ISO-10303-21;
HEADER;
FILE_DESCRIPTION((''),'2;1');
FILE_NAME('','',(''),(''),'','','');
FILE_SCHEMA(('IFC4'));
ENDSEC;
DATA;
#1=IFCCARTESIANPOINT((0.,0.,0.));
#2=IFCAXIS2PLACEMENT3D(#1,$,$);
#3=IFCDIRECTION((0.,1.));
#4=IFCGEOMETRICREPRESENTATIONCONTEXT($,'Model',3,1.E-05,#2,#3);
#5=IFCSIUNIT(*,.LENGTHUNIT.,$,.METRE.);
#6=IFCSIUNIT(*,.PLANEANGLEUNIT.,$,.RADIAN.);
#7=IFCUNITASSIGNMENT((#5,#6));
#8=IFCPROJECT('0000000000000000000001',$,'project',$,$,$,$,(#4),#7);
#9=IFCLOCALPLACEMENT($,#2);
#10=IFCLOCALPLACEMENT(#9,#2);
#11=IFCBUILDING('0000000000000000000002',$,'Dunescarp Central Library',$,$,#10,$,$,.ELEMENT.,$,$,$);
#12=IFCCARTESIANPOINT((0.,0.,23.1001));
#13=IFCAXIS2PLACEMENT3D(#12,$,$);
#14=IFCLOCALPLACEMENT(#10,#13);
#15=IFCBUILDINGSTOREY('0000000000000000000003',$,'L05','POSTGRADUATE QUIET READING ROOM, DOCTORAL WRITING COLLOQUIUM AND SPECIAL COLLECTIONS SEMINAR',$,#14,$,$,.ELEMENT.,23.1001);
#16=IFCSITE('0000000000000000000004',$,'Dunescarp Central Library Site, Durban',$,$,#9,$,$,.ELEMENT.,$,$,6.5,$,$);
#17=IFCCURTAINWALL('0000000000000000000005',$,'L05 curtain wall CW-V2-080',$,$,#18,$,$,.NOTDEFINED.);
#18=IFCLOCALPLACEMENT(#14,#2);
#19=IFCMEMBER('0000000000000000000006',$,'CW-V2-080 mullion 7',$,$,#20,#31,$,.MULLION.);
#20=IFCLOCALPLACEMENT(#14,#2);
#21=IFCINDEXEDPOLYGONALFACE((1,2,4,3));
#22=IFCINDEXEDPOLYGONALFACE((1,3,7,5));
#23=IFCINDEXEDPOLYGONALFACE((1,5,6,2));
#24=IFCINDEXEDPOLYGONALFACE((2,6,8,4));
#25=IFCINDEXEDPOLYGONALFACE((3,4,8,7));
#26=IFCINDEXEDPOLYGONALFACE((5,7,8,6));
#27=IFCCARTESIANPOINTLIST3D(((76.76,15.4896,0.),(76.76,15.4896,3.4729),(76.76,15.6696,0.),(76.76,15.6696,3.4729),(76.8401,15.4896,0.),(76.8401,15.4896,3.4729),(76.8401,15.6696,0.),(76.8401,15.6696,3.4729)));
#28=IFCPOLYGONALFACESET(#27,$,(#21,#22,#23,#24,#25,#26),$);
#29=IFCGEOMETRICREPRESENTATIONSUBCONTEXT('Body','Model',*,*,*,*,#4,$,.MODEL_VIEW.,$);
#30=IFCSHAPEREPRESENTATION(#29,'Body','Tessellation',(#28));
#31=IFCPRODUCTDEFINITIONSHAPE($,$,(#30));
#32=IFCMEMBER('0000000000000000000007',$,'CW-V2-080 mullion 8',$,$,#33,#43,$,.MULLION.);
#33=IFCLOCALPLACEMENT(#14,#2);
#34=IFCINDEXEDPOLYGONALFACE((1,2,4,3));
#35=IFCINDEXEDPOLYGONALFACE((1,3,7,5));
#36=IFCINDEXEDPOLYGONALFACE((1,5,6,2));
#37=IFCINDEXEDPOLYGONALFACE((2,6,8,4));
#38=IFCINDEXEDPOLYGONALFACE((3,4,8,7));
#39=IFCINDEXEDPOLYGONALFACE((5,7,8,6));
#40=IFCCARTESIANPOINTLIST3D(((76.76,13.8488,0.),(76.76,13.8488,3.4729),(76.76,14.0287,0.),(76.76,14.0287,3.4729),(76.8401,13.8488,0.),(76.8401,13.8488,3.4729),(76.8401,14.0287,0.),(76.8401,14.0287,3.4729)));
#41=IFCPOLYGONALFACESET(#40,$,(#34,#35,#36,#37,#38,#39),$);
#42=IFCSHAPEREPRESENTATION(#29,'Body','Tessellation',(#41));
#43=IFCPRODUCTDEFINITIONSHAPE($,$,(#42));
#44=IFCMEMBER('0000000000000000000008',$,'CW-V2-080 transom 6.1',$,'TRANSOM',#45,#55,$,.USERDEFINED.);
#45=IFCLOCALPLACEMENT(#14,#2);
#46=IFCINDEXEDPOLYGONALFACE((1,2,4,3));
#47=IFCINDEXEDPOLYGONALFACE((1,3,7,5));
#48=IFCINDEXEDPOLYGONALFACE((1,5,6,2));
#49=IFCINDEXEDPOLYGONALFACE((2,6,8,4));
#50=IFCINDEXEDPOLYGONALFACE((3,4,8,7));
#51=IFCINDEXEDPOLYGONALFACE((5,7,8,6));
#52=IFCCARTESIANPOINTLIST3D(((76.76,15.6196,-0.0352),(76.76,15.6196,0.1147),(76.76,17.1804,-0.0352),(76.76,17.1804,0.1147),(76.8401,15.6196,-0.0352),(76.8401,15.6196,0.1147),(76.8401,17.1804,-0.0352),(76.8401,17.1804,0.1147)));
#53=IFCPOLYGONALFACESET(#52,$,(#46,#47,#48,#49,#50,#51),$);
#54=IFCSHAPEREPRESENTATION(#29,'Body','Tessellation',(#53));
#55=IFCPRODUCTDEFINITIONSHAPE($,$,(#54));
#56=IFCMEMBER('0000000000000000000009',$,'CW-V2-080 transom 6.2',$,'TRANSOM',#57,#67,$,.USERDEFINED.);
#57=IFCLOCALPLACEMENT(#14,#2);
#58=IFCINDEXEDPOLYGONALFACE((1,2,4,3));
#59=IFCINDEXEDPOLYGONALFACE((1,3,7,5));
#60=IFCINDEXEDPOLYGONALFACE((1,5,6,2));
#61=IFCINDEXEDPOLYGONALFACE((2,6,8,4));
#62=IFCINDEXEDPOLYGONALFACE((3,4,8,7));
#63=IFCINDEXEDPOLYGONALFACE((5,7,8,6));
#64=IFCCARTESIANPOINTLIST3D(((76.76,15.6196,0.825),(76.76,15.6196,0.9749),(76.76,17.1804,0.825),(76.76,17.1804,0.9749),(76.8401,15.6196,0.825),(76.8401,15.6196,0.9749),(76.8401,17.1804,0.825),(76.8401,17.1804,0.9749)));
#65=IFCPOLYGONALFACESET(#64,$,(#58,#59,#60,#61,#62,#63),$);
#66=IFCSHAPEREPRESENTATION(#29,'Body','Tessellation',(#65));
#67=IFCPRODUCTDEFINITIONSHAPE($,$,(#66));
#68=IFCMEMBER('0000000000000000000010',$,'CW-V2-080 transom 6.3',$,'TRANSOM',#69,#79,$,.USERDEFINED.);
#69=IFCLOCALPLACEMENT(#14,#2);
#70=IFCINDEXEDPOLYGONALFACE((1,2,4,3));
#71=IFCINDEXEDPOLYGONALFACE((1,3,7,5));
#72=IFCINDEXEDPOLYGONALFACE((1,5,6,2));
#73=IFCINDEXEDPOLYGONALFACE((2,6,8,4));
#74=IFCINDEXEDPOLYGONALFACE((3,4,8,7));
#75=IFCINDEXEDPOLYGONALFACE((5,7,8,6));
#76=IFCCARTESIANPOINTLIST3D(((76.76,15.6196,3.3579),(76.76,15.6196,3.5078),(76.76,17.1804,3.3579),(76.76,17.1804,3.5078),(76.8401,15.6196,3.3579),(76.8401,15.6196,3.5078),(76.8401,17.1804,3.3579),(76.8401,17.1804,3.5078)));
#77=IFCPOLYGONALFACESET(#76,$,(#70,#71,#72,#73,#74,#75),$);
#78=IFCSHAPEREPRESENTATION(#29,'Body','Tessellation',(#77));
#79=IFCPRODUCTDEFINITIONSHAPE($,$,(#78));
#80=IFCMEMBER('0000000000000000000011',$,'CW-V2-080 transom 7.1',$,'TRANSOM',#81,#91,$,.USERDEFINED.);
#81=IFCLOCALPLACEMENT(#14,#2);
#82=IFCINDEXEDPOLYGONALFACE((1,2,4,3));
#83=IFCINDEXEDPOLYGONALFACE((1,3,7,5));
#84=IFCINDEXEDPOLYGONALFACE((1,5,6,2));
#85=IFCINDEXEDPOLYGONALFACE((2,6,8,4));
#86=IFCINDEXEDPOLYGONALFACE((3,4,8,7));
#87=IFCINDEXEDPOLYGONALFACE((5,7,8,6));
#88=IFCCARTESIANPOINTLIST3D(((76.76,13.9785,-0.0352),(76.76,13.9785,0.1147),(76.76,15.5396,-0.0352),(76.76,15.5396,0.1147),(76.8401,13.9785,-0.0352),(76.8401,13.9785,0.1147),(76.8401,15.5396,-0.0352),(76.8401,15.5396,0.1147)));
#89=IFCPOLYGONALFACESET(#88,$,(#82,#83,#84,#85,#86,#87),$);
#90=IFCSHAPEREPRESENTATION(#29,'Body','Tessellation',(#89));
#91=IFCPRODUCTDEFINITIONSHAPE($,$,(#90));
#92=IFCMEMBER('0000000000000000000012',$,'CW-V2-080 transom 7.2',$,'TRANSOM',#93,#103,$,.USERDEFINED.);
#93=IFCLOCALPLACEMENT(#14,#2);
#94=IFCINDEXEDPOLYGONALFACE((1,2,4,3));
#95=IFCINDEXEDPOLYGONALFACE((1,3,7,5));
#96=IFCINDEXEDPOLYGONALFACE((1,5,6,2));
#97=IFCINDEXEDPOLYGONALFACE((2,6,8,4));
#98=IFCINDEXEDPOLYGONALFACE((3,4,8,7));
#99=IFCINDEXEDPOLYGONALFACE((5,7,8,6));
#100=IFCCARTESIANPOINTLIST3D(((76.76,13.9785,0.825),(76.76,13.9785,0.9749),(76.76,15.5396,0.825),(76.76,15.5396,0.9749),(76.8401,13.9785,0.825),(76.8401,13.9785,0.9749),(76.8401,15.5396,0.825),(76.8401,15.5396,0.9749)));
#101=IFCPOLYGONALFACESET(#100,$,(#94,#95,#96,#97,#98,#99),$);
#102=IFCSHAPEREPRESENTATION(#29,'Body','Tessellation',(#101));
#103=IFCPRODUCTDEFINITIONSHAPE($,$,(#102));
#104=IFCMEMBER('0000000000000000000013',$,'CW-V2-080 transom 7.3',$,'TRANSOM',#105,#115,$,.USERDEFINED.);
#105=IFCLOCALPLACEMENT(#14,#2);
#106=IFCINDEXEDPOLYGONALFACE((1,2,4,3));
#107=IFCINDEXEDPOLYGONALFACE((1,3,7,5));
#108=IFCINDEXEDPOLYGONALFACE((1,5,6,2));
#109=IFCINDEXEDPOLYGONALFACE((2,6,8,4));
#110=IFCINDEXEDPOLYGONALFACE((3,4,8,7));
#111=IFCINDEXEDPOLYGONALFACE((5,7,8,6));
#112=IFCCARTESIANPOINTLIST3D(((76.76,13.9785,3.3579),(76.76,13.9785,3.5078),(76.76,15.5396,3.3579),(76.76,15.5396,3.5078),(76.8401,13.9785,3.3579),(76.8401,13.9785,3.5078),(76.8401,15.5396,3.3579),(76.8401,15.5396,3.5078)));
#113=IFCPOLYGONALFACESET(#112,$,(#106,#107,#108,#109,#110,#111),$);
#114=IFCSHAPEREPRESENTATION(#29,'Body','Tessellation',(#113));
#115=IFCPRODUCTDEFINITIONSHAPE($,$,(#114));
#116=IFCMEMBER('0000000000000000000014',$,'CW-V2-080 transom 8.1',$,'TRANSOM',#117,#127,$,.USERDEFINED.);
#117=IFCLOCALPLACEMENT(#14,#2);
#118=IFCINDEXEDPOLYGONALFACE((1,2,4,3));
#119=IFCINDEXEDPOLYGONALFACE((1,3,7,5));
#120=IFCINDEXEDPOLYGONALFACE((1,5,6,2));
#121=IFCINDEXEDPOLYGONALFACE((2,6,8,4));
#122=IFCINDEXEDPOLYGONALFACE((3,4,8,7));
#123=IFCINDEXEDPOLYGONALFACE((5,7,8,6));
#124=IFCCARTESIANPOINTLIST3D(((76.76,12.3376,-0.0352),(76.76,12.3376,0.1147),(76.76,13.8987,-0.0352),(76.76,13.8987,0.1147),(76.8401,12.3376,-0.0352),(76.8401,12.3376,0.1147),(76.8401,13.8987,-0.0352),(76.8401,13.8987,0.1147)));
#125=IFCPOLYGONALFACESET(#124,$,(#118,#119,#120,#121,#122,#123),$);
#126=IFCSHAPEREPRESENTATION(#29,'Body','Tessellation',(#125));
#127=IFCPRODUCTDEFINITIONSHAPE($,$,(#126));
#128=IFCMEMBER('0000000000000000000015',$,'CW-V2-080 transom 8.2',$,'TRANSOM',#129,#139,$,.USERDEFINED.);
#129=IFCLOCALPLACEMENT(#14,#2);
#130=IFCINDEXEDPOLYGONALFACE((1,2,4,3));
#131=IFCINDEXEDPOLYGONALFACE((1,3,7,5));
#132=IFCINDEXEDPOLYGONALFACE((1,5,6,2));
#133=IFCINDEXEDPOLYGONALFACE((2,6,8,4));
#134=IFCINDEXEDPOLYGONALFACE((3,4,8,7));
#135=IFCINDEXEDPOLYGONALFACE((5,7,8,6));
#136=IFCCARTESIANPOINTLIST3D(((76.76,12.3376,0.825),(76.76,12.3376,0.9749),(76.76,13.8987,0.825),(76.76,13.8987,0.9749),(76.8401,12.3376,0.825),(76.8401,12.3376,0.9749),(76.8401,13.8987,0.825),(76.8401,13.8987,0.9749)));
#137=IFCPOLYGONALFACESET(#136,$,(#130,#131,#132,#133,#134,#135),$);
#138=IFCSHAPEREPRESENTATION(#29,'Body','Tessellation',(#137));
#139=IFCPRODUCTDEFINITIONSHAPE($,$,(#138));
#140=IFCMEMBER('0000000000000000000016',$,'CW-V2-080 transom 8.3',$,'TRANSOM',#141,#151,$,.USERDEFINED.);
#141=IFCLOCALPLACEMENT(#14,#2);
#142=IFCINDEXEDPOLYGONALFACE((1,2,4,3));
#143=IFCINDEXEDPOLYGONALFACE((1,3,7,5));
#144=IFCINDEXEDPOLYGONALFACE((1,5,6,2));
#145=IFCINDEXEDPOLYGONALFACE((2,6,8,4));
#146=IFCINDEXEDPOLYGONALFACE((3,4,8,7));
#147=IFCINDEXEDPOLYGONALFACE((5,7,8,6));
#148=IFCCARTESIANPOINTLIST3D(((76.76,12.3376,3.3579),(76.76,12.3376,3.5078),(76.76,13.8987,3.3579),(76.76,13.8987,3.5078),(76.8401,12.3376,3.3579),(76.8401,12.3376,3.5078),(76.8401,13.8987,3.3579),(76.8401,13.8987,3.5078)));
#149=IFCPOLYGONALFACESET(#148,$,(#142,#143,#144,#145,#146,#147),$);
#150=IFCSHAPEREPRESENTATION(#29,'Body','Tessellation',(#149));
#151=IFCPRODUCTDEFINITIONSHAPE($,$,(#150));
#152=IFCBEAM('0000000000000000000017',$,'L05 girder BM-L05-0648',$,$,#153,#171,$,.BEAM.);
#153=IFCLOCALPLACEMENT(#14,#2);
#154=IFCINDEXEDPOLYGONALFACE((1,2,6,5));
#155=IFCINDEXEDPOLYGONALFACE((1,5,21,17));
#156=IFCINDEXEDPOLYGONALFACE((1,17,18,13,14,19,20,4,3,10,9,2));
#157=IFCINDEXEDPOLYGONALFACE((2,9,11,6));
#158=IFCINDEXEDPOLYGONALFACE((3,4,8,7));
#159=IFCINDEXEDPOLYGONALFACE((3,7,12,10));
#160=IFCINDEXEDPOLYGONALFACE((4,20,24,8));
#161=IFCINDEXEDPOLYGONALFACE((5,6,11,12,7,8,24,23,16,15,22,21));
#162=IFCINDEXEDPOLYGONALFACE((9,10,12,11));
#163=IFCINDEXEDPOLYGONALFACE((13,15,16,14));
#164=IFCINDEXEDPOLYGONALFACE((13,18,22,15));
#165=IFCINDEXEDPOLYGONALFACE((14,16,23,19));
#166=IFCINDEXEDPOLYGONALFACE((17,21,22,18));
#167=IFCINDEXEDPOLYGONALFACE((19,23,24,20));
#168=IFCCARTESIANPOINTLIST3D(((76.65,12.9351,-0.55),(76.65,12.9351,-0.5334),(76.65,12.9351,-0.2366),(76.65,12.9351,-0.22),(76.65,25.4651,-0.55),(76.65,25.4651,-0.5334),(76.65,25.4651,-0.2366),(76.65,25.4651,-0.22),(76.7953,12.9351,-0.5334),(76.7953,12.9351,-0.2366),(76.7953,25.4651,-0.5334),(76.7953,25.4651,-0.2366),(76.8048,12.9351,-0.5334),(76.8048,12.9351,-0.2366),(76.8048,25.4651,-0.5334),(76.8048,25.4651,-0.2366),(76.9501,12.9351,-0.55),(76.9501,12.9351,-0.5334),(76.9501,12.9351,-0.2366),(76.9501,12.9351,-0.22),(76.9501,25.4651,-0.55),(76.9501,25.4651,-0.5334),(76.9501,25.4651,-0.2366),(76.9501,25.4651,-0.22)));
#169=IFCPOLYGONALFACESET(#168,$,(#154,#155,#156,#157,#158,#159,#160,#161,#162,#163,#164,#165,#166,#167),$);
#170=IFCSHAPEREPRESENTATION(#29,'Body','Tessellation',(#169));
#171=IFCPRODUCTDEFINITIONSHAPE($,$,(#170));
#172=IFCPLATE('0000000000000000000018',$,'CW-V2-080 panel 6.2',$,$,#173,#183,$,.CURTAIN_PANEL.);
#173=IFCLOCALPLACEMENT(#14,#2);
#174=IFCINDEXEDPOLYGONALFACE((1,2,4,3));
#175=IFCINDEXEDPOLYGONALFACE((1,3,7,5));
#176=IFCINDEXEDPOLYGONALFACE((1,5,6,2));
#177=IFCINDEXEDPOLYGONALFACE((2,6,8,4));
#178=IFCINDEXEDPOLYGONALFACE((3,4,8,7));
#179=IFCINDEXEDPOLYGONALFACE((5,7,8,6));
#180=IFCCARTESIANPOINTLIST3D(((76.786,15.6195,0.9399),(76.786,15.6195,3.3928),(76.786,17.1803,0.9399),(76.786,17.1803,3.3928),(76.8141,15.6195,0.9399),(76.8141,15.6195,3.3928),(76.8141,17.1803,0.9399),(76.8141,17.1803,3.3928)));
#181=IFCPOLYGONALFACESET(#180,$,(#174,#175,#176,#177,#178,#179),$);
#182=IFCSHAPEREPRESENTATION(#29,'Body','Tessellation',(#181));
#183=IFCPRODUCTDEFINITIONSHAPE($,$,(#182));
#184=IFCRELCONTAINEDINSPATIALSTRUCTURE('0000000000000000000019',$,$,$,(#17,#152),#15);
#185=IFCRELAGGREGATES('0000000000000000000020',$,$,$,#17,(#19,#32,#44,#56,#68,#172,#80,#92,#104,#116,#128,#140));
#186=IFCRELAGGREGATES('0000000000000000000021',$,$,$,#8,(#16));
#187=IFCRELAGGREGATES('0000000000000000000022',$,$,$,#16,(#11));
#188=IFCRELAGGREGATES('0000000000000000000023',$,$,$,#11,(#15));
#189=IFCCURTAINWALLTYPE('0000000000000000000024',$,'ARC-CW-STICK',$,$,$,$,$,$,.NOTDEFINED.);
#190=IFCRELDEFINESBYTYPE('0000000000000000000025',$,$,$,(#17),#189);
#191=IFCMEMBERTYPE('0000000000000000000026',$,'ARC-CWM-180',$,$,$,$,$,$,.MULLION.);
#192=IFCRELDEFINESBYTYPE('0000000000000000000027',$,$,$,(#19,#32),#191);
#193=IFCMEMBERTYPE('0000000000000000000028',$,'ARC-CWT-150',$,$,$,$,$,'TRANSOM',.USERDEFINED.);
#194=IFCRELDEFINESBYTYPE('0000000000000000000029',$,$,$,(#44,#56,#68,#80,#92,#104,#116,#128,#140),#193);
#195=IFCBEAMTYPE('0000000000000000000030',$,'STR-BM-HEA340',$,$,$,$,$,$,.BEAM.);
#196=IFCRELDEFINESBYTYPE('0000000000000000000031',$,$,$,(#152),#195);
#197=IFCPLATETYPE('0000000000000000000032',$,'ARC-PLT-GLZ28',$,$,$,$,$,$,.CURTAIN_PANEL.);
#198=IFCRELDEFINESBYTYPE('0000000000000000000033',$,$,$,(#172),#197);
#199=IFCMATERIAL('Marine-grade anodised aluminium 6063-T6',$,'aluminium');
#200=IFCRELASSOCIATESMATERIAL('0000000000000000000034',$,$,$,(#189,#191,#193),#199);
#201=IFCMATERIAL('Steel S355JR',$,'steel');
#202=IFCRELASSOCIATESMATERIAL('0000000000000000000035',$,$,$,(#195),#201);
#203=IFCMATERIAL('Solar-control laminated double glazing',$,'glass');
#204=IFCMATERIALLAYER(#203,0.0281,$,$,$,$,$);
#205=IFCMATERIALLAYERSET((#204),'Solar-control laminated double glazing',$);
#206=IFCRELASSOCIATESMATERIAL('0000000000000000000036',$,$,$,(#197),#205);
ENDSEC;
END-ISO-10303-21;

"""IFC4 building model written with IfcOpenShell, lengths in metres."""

from ifc_helpers import new_model, si_unit, direction, frame, origin, origin_2d, place, context, subcontext, project, spatial, rectangle, i_section, extrude, material, layer, layer_set, material_profile, profile_set, type_object, element, aggregate, save


model = new_model("IFC4")

# Units and contexts
model_context = context("Model", 3, precision=1e-05, world=origin(), true_north=direction((0.0, 1.0)))
body_context = subcontext(model_context, "Body", "Model", "MODEL_VIEW")
ifc_project = project(units=[si_unit("LENGTHUNIT", "METRE"), si_unit("PLANEANGLEUNIT", "RADIAN")], contexts=[model_context])

# Site, building, storey
site_placement = place(None, origin())
site = spatial("IfcSite", under=ifc_project, at=site_placement, Name="Dunescarp Central Library Site, Durban", CompositionType="ELEMENT", RefElevation=6.5)
building_placement = place(site_placement, origin())
building = spatial("IfcBuilding", under=site, at=building_placement, Name="Dunescarp Central Library", CompositionType="ELEMENT")
storey_placement = place(building_placement, frame((0.0, 0.0, 23.1001)))
storey = spatial("IfcBuildingStorey", under=building, at=storey_placement, Name="L05", Description="POSTGRADUATE QUIET READING ROOM, DOCTORAL WRITING COLLOQUIUM AND SPECIAL COLLECTIONS SEMINAR", CompositionType="ELEMENT", Elevation=23.1001)

# Curtain wall, members
ifc_material_1 = material(Name="Marine-grade anodised aluminium 6063-T6", Category="aluminium")
curtain_wall_type = type_object("IfcCurtainWallType", Name="ARC-CW-STICK", PredefinedType="NOTDEFINED", material=ifc_material_1)
curtain_wall_placement = place(storey_placement, origin())
curtain_wall = element("IfcCurtainWall", 1, at=curtain_wall_placement, inside=storey, type_object=curtain_wall_type, Name="L05 curtain wall CW-V2-080", PredefinedType="NOTDEFINED")
ifc_material_profile_1 = material_profile(ifc_material_1, rectangle(XDim=0.0801, YDim=0.1799, at=origin_2d()), Name="AL 80x180")
ifc_profile_set_1 = profile_set([ifc_material_profile_1], Name="Marine-grade anodised aluminium 6063-T6")
member_type_1 = type_object("IfcMemberType", Name="ARC-CWM-180", PredefinedType="MULLION", material=ifc_profile_set_1)
member_1_placement = place(storey_placement, frame((76.8, 15.5796, 0.0), z_axis=(0.0, 0.0, 1.0), x_axis=(1.0, 0.0, 0.0)))
member_1 = element("IfcMember", 2, at=member_1_placement, type_object=member_type_1, Name="CW-V2-080 mullion 7", PredefinedType="MULLION", context=body_context, shape_type="SweptSolid", body=[
    extrude(rectangle(XDim=0.0801, YDim=0.1799, at=origin_2d()), origin(), (0.0, 0.0, 1.0), 3.4729),
])
member_2_placement = place(storey_placement, frame((76.8, 13.9387, 0.0), z_axis=(0.0, 0.0, 1.0), x_axis=(1.0, 0.0, 0.0)))
member_2 = element("IfcMember", 3, at=member_2_placement, type_object=member_type_1, Name="CW-V2-080 mullion 8", PredefinedType="MULLION", context=body_context, shape_type="SweptSolid", body=[
    extrude(rectangle(XDim=0.0801, YDim=0.1799, at=origin_2d()), origin(), (0.0, 0.0, 1.0), 3.4729),
])
ifc_material_profile_2 = material_profile(ifc_material_1, rectangle(XDim=0.0801, YDim=0.1499, at=origin_2d()), Name="AL 80x150")
ifc_profile_set_2 = profile_set([ifc_material_profile_2], Name="Marine-grade anodised aluminium 6063-T6")
member_type_2 = type_object("IfcMemberType", Name="ARC-CWT-150", ElementType="TRANSOM", PredefinedType="USERDEFINED", material=ifc_profile_set_2)
member_3_placement = place(storey_placement, frame((76.8, 17.1804, 0.0398), z_axis=(0.0, -1.0, 0.0), x_axis=(1.0, 0.0, 0.0)))
member_3 = element("IfcMember", 4, at=member_3_placement, type_object=member_type_2, Name="CW-V2-080 transom 6.1", ObjectType="TRANSOM", PredefinedType="USERDEFINED", context=body_context, shape_type="SweptSolid", body=[
    extrude(rectangle(XDim=0.0801, YDim=0.1499, at=origin_2d()), origin(), (0.0, 0.0, 1.0), 1.5608),
])
member_4_placement = place(storey_placement, frame((76.8, 17.1804, 0.8999), z_axis=(0.0, -1.0, 0.0), x_axis=(1.0, 0.0, 0.0)))
member_4 = element("IfcMember", 5, at=member_4_placement, type_object=member_type_2, Name="CW-V2-080 transom 6.2", ObjectType="TRANSOM", PredefinedType="USERDEFINED", context=body_context, shape_type="SweptSolid", body=[
    extrude(rectangle(XDim=0.0801, YDim=0.1499, at=origin_2d()), origin(), (0.0, 0.0, 1.0), 1.5608),
])
member_5_placement = place(storey_placement, frame((76.8, 17.1804, 3.4329), z_axis=(0.0, -1.0, 0.0), x_axis=(1.0, 0.0, 0.0)))
member_5 = element("IfcMember", 6, at=member_5_placement, type_object=member_type_2, Name="CW-V2-080 transom 6.3", ObjectType="TRANSOM", PredefinedType="USERDEFINED", context=body_context, shape_type="SweptSolid", body=[
    extrude(rectangle(XDim=0.0801, YDim=0.1499, at=origin_2d()), origin(), (0.0, 0.0, 1.0), 1.5608),
])
member_6_placement = place(storey_placement, frame((76.8, 15.5396, 0.0398), z_axis=(0.0, -1.0, 0.0), x_axis=(1.0, 0.0, 0.0)))
member_6 = element("IfcMember", 7, at=member_6_placement, type_object=member_type_2, Name="CW-V2-080 transom 7.1", ObjectType="TRANSOM", PredefinedType="USERDEFINED", context=body_context, shape_type="SweptSolid", body=[
    extrude(rectangle(XDim=0.0801, YDim=0.1499, at=origin_2d()), origin(), (0.0, 0.0, 1.0), 1.561),
])
member_7_placement = place(storey_placement, frame((76.8, 15.5396, 0.8999), z_axis=(0.0, -1.0, 0.0), x_axis=(1.0, 0.0, 0.0)))
member_7 = element("IfcMember", 8, at=member_7_placement, type_object=member_type_2, Name="CW-V2-080 transom 7.2", ObjectType="TRANSOM", PredefinedType="USERDEFINED", context=body_context, shape_type="SweptSolid", body=[
    extrude(rectangle(XDim=0.0801, YDim=0.1499, at=origin_2d()), origin(), (0.0, 0.0, 1.0), 1.561),
])
member_8_placement = place(storey_placement, frame((76.8, 15.5396, 3.4329), z_axis=(0.0, -1.0, 0.0), x_axis=(1.0, 0.0, 0.0)))
member_8 = element("IfcMember", 9, at=member_8_placement, type_object=member_type_2, Name="CW-V2-080 transom 7.3", ObjectType="TRANSOM", PredefinedType="USERDEFINED", context=body_context, shape_type="SweptSolid", body=[
    extrude(rectangle(XDim=0.0801, YDim=0.1499, at=origin_2d()), origin(), (0.0, 0.0, 1.0), 1.561),
])
member_9_placement = place(storey_placement, frame((76.8, 13.8987, 0.0398), z_axis=(0.0, -1.0, 0.0), x_axis=(1.0, 0.0, 0.0)))
member_9 = element("IfcMember", 10, at=member_9_placement, type_object=member_type_2, Name="CW-V2-080 transom 8.1", ObjectType="TRANSOM", PredefinedType="USERDEFINED", context=body_context, shape_type="SweptSolid", body=[
    extrude(rectangle(XDim=0.0801, YDim=0.1499, at=origin_2d()), origin(), (0.0, 0.0, 1.0), 1.561),
])
member_10_placement = place(storey_placement, frame((76.8, 13.8987, 0.8999), z_axis=(0.0, -1.0, 0.0), x_axis=(1.0, 0.0, 0.0)))
member_10 = element("IfcMember", 11, at=member_10_placement, type_object=member_type_2, Name="CW-V2-080 transom 8.2", ObjectType="TRANSOM", PredefinedType="USERDEFINED", context=body_context, shape_type="SweptSolid", body=[
    extrude(rectangle(XDim=0.0801, YDim=0.1499, at=origin_2d()), origin(), (0.0, 0.0, 1.0), 1.561),
])
member_11_placement = place(storey_placement, frame((76.8, 13.8987, 3.4329), z_axis=(0.0, -1.0, 0.0), x_axis=(1.0, 0.0, 0.0)))
member_11 = element("IfcMember", 12, at=member_11_placement, type_object=member_type_2, Name="CW-V2-080 transom 8.3", ObjectType="TRANSOM", PredefinedType="USERDEFINED", context=body_context, shape_type="SweptSolid", body=[
    extrude(rectangle(XDim=0.0801, YDim=0.1499, at=origin_2d()), origin(), (0.0, 0.0, 1.0), 1.561),
])

# Beam
ifc_material_2 = material(Name="Steel S355JR", Category="steel")
ifc_material_profile_3 = material_profile(ifc_material_2, i_section(OverallWidth=0.3, OverallDepth=0.3301, WebThickness=0.0095, FlangeThickness=0.0166, at=origin_2d()), Name="HEA 340")
ifc_profile_set_3 = profile_set([ifc_material_profile_3], Name="Steel S355JR")
beam_type = type_object("IfcBeamType", Name="STR-BM-HEA340", PredefinedType="BEAM", material=ifc_profile_set_3)
beam_placement = place(storey_placement, frame((76.8, 12.9351, -0.385), z_axis=(0.0, 1.0, 0.0), x_axis=(-1.0, 0.0, 0.0)))
element("IfcBeam", 13, at=beam_placement, inside=storey, type_object=beam_type, Name="L05 girder BM-L05-0648", PredefinedType="BEAM", context=body_context, shape_type="SweptSolid", body=[
    extrude(i_section(OverallWidth=0.3, OverallDepth=0.3301, WebThickness=0.0095, FlangeThickness=0.0166, at=origin_2d()), origin(), (0.0, 0.0, 1.0), 12.53),
])

# Plate
ifc_material_3 = material(Name="Solar-control laminated double glazing", Category="glass")
ifc_layer_1 = layer(ifc_material_3, 0.0281)
ifc_layer_set_1 = layer_set([ifc_layer_1], Name="Solar-control laminated double glazing")
plate_type_1 = type_object("IfcPlateType", Name="ARC-PLT-GLZ28", PredefinedType="CURTAIN_PANEL", material=ifc_layer_set_1)
plate_1_placement = place(storey_placement, frame((76.8, 16.3999, 0.9399), z_axis=(0.0, 0.0, 1.0), x_axis=(0.0, -1.0, 0.0)))
plate_1 = element("IfcPlate", 14, at=plate_1_placement, type_object=plate_type_1, Name="CW-V2-080 panel 6.2", PredefinedType="CURTAIN_PANEL", context=body_context, shape_type="SweptSolid", body=[
    extrude(rectangle(XDim=1.5608, YDim=0.0281, at=origin_2d()), origin(), (0.0, 0.0, 1.0), 2.4529),
])
aggregate(curtain_wall, [member_1, member_2, member_3, member_4, member_5, plate_1, member_6, member_7, member_8, member_9, member_10, member_11])

save(model, "model.ifc")
